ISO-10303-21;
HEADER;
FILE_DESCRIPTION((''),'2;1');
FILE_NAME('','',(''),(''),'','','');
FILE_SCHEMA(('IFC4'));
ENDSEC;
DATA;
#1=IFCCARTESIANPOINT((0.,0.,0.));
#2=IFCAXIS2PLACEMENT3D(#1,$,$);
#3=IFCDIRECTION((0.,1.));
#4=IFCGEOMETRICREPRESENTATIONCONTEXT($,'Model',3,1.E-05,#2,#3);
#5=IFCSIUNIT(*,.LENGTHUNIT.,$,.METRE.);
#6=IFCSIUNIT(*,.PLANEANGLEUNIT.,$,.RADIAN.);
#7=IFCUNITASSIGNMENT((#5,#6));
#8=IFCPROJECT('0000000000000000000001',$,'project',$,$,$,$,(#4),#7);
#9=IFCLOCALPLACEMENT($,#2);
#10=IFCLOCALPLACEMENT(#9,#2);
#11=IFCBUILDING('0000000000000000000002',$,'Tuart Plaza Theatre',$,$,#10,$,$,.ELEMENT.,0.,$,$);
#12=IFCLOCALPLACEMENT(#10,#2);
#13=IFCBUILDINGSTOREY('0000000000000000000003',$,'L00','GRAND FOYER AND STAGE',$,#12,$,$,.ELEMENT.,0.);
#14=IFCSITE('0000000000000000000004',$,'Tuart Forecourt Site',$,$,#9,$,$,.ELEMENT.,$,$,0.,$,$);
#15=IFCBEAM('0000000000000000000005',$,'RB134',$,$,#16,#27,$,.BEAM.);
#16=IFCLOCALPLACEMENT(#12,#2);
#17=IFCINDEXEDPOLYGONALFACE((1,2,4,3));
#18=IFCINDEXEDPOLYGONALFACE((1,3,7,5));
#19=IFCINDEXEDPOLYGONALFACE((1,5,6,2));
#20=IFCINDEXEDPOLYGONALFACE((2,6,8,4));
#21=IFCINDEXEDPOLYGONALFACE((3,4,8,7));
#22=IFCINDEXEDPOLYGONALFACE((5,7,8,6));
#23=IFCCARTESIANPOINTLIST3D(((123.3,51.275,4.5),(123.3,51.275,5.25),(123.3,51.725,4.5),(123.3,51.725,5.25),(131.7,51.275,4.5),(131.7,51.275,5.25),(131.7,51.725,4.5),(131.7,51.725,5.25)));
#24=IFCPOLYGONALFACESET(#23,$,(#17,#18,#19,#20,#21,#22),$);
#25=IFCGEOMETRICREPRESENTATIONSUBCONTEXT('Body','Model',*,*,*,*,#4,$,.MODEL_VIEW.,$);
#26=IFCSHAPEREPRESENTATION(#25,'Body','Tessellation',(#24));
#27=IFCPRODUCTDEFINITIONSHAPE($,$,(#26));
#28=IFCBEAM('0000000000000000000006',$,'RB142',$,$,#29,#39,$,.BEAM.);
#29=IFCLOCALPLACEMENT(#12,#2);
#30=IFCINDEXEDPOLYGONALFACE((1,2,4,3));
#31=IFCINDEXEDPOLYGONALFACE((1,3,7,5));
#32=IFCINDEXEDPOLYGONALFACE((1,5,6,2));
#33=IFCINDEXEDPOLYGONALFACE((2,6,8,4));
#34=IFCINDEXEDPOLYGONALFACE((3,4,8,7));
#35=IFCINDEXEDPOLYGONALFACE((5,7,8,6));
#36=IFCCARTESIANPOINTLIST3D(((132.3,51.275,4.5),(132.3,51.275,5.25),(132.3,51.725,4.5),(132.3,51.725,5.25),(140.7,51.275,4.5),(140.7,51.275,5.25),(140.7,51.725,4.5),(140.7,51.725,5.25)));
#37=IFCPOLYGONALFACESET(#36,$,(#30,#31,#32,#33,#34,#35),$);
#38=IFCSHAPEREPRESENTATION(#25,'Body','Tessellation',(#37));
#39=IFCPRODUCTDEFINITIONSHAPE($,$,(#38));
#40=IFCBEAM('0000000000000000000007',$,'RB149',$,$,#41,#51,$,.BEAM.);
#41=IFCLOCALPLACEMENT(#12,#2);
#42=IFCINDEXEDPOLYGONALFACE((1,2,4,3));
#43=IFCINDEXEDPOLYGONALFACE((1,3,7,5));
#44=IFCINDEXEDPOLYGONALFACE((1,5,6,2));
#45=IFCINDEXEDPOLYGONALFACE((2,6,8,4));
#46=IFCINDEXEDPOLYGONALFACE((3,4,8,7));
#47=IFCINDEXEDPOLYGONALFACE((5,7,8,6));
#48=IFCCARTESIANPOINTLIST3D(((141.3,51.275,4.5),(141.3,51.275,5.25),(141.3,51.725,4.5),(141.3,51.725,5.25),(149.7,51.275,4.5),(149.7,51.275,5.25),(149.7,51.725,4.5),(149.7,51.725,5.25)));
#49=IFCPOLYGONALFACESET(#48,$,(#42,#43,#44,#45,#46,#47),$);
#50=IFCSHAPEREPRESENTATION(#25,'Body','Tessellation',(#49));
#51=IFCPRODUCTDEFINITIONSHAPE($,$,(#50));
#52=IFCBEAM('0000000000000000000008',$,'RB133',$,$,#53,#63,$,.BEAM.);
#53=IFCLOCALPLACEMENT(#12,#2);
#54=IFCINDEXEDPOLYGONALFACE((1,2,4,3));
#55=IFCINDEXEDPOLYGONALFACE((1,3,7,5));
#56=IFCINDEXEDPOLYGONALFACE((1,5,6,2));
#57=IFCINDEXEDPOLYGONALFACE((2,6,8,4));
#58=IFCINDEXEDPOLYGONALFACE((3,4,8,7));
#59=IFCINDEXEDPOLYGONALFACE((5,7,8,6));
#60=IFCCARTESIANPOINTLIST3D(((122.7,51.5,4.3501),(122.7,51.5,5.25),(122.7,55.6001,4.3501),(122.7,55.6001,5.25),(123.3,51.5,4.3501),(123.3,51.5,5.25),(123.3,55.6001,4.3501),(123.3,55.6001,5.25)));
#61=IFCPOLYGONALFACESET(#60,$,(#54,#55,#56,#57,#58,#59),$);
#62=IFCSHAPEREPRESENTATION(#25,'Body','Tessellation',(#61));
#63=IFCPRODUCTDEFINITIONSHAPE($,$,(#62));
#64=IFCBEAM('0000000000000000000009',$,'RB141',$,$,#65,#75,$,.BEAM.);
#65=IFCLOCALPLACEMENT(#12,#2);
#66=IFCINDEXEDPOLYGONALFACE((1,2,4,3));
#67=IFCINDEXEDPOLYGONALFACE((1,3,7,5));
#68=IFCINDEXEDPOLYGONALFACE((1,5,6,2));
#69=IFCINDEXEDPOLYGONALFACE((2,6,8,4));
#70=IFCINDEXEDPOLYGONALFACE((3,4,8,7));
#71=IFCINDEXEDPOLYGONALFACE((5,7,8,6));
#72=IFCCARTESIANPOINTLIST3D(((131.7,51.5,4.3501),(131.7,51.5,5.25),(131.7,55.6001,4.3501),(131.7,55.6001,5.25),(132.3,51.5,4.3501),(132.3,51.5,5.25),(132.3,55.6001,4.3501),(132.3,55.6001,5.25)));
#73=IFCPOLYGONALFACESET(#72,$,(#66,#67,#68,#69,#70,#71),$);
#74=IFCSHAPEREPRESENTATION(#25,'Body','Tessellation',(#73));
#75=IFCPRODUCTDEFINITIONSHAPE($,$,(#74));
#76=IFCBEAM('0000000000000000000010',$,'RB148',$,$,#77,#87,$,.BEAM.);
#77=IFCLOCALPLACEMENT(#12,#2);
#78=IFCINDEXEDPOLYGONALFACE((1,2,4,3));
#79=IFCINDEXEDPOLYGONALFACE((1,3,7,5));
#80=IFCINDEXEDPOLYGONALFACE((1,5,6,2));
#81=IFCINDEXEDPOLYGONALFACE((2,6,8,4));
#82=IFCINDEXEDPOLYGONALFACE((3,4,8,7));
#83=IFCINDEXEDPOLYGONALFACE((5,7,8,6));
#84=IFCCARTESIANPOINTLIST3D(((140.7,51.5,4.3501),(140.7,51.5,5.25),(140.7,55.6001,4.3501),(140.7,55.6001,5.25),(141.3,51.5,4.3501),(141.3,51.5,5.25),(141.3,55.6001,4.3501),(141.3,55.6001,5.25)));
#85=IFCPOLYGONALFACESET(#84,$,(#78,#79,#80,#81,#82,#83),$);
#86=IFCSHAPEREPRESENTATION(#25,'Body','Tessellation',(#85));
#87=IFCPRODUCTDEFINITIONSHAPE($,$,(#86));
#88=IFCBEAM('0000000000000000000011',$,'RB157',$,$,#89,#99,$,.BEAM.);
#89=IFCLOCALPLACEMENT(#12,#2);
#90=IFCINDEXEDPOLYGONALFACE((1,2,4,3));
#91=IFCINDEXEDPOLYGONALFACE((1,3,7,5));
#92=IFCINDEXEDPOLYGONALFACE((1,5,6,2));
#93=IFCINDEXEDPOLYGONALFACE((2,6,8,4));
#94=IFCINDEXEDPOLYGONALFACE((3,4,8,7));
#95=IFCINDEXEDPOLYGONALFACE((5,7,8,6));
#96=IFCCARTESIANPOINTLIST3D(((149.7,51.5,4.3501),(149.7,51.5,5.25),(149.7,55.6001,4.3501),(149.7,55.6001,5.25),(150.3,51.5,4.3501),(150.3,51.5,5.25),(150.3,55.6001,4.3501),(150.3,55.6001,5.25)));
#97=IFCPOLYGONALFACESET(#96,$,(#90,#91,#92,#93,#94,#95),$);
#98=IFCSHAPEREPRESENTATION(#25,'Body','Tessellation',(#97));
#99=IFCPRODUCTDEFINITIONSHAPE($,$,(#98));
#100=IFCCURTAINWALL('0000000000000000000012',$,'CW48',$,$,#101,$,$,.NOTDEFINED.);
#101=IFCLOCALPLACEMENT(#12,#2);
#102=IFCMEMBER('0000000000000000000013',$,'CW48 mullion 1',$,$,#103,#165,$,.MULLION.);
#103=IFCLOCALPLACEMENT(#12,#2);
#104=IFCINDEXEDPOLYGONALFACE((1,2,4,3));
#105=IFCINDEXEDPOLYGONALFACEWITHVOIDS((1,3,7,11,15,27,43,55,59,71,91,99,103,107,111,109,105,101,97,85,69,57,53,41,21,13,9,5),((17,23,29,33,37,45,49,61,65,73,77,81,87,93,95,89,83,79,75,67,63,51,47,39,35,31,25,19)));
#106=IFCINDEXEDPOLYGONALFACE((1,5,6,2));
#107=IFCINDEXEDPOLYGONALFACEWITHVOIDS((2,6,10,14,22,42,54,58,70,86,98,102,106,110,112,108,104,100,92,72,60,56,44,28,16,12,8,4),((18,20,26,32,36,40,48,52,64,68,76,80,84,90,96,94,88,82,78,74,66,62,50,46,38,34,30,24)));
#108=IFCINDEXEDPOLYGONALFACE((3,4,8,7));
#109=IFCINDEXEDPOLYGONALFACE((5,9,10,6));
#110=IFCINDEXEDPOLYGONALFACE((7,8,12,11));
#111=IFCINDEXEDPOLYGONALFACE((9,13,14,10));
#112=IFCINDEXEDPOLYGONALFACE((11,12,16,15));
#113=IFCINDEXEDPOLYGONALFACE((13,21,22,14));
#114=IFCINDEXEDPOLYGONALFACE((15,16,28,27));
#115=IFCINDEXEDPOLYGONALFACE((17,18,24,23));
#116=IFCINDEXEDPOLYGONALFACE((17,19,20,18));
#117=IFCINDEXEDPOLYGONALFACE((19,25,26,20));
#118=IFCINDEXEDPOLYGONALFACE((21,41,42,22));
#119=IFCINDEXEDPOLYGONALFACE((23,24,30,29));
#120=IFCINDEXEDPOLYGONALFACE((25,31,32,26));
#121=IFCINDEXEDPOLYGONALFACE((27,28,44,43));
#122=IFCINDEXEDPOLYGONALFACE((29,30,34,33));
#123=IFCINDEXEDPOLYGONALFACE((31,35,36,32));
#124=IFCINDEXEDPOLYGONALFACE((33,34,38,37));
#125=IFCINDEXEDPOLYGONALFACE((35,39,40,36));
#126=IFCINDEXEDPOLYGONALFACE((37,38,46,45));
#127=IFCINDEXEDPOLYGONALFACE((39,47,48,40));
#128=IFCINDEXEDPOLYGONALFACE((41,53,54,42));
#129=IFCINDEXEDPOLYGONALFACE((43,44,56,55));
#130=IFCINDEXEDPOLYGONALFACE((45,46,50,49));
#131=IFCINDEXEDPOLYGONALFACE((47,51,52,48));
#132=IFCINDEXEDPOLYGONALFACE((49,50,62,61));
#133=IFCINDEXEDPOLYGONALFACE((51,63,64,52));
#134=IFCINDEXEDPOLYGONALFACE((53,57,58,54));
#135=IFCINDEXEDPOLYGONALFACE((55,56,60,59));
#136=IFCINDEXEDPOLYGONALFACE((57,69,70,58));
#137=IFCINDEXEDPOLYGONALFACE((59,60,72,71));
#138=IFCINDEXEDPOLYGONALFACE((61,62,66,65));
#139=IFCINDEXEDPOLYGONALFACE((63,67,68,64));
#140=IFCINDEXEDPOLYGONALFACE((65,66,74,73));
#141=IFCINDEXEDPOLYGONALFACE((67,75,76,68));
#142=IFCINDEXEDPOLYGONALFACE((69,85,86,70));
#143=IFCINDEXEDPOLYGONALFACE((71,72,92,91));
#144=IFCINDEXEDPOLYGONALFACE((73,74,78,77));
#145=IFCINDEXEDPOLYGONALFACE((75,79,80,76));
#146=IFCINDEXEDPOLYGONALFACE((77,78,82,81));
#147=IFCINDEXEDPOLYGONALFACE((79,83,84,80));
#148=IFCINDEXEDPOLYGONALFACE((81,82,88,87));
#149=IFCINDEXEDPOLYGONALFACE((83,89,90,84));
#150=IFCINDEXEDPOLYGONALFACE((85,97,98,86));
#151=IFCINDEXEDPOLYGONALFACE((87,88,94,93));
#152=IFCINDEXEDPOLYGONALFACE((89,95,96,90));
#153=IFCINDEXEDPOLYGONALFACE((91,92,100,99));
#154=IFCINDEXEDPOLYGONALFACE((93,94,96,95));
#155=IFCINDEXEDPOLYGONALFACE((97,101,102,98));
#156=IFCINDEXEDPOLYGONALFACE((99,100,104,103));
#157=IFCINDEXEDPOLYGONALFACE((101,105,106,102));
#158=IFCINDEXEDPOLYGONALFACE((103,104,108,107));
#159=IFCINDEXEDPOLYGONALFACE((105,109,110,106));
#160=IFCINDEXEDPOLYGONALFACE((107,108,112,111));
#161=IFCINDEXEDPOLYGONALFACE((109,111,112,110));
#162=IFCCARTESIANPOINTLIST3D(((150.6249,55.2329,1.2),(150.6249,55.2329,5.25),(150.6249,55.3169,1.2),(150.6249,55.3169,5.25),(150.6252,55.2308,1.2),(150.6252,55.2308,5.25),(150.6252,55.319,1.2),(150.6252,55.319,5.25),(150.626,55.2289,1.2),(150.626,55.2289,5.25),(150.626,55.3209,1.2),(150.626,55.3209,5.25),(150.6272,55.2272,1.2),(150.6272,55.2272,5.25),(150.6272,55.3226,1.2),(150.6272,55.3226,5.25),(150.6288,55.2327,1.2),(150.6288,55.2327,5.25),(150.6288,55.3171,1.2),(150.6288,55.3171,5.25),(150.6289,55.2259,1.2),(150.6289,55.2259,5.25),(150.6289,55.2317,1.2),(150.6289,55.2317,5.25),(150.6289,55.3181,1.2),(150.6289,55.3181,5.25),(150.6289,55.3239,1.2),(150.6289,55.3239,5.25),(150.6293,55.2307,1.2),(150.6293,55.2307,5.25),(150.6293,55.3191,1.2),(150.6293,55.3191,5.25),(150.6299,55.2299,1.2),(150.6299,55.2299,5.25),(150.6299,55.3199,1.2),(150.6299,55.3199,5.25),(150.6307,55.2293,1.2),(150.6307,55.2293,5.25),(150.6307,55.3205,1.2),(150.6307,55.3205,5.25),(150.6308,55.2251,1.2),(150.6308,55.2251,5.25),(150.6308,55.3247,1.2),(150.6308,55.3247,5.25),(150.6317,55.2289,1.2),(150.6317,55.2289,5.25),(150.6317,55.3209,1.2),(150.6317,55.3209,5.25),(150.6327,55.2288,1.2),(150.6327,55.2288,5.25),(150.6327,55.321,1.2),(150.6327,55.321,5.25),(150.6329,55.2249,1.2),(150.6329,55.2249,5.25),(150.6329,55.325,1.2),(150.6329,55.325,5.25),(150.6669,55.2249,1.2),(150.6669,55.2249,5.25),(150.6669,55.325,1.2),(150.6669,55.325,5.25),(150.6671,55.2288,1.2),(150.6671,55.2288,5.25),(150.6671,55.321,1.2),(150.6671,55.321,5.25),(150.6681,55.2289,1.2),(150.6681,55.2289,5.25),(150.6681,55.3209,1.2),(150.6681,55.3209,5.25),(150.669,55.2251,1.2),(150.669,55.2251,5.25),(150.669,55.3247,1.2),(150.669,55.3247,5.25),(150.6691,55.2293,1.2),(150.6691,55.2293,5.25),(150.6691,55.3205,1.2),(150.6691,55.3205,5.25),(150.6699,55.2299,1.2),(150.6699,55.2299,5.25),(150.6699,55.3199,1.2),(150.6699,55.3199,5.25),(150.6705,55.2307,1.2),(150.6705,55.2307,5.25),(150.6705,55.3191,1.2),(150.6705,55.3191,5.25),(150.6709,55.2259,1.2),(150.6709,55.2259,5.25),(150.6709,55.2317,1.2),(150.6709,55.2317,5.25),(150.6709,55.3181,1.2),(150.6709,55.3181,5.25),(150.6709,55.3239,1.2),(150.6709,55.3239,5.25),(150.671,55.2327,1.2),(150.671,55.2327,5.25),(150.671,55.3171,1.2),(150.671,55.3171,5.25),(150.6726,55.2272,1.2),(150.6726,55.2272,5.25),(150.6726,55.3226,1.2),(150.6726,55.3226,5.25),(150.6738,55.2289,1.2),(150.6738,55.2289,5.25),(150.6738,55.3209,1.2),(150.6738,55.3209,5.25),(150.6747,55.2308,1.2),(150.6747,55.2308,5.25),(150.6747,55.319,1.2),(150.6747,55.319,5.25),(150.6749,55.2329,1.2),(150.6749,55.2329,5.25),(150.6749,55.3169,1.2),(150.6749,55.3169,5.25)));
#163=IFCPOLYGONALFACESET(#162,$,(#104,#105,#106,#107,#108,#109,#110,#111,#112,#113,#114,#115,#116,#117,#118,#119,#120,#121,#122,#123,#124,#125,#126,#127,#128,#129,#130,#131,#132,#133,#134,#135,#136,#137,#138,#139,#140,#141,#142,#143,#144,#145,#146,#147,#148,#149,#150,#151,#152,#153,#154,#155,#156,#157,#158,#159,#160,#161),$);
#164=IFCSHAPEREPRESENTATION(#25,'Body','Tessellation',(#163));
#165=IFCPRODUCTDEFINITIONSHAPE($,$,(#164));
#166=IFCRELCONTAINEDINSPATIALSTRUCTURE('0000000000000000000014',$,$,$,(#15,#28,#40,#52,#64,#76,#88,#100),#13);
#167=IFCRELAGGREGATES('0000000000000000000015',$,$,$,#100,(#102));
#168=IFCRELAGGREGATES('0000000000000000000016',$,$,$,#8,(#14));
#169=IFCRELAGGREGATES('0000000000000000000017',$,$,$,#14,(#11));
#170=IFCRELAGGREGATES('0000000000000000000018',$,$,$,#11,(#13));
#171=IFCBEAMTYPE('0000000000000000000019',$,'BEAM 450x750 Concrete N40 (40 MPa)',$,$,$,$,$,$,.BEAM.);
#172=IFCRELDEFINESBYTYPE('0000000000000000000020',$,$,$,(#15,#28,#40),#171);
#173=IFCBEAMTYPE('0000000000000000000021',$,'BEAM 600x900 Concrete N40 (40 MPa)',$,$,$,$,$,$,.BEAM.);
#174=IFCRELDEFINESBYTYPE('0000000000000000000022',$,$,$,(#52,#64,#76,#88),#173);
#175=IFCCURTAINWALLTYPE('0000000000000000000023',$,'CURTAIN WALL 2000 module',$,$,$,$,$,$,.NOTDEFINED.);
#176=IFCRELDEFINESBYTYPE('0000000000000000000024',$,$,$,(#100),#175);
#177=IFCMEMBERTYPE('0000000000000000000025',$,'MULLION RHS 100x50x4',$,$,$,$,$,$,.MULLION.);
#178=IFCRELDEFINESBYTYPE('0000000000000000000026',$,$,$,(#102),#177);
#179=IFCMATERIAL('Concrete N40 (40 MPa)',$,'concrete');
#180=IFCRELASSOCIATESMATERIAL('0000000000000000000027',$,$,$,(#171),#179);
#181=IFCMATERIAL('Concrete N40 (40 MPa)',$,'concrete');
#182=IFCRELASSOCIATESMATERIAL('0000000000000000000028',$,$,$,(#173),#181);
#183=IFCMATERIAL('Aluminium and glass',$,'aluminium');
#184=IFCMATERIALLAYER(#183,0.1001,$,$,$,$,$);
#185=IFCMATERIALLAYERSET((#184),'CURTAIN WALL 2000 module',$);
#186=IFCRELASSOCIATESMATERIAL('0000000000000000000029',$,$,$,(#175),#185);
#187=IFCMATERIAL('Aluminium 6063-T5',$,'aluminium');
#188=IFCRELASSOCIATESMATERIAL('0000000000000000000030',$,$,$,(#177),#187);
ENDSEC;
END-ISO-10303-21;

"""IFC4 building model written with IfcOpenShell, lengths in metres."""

from ifc_helpers import new_model, si_unit, direction, frame, origin, origin_2d, place, context, subcontext, project, spatial, rectangle, hollow_rectangle, extrude, material, layer, layer_set, material_profile, profile_set, type_object, element, aggregate, save


model = new_model("IFC4")

# Units and contexts
model_context = context("Model", 3, precision=1e-05, world=origin(), true_north=direction((0.0, 1.0)))
body_context = subcontext(model_context, "Body", "Model", "MODEL_VIEW")
ifc_project = project(units=[si_unit("LENGTHUNIT", "METRE"), si_unit("PLANEANGLEUNIT", "RADIAN")], contexts=[model_context])

# Site, building, storey
site_placement = place(None, origin())
site = spatial("IfcSite", under=ifc_project, at=site_placement, Name="Tuart Forecourt Site", CompositionType="ELEMENT", RefElevation=0.0)
building_placement = place(site_placement, origin())
building = spatial("IfcBuilding", under=site, at=building_placement, Name="Tuart Plaza Theatre", CompositionType="ELEMENT", ElevationOfRefHeight=0.0)
storey_placement = place(building_placement, origin())
storey = spatial("IfcBuildingStorey", under=building, at=storey_placement, Name="L00", Description="GRAND FOYER AND STAGE", CompositionType="ELEMENT", Elevation=0.0)

# Beams
ifc_material_1 = material(Name="Concrete N40 (40 MPa)", Category="concrete")
ifc_material_profile_1 = material_profile(ifc_material_1, rectangle(XDim=0.45, YDim=0.75, at=origin_2d()), Name="BEAM 450x750 Concrete N40 (40 MPa)")
ifc_profile_set_1 = profile_set([ifc_material_profile_1], Name="Concrete N40 (40 MPa)")
beam_type_1 = type_object("IfcBeamType", Name="BEAM 450x750 Concrete N40 (40 MPa)", PredefinedType="BEAM", material=ifc_profile_set_1)
for number, where, z_axis, x_axis, name in (
    (1, (123.3, 51.5, 4.875), (1.0, 0.0, 0.0), (0.0, 1.0, 0.0), "RB134"),
    (2, (132.3, 51.5, 4.875), (1.0, 0.0, 0.0), (0.0, 1.0, 0.0), "RB142"),
    (3, (141.3, 51.5, 4.875), (1.0, 0.0, 0.0), (0.0, 1.0, 0.0), "RB149"),
):
    element("IfcBeam", number, at=place(storey_placement, frame(where, z_axis=z_axis, x_axis=x_axis)), inside=storey, type_object=beam_type_1, Name=name, PredefinedType="BEAM", context=body_context, shape_type="SweptSolid", body=[
        extrude(rectangle(XDim=0.45, YDim=0.75, at=origin_2d()), origin(), (0.0, 0.0, 1.0), 8.3999),
    ])
ifc_material_2 = material(Name="Concrete N40 (40 MPa)", Category="concrete")
ifc_material_profile_2 = material_profile(ifc_material_2, rectangle(XDim=0.6001, YDim=0.8999, at=origin_2d()), Name="BEAM 600x900 Concrete N40 (40 MPa)")
ifc_profile_set_2 = profile_set([ifc_material_profile_2], Name="Concrete N40 (40 MPa)")
beam_type_2 = type_object("IfcBeamType", Name="BEAM 600x900 Concrete N40 (40 MPa)", PredefinedType="BEAM", material=ifc_profile_set_2)
for number, where, z_axis, x_axis, name in (
    (4, (123.0, 51.5, 4.8), (0.0, 1.0, 0.0), (-1.0, 0.0, 0.0), "RB133"),
    (5, (132.0, 51.5, 4.8), (0.0, 1.0, 0.0), (-1.0, 0.0, 0.0), "RB141"),
    (6, (141.0, 51.5, 4.8), (0.0, 1.0, 0.0), (-1.0, 0.0, 0.0), "RB148"),
    (7, (150.0, 51.5, 4.8), (0.0, 1.0, 0.0), (-1.0, 0.0, 0.0), "RB157"),
):
    element("IfcBeam", number, at=place(storey_placement, frame(where, z_axis=z_axis, x_axis=x_axis)), inside=storey, type_object=beam_type_2, Name=name, PredefinedType="BEAM", context=body_context, shape_type="SweptSolid", body=[
        extrude(rectangle(XDim=0.6001, YDim=0.8999, at=origin_2d()), origin(), (0.0, 0.0, 1.0), 4.1001),
    ])

# Curtain wall, member
ifc_material_3 = material(Name="Aluminium and glass", Category="aluminium")
ifc_layer_1 = layer(ifc_material_3, 0.1001)
ifc_layer_set_1 = layer_set([ifc_layer_1], Name="CURTAIN WALL 2000 module")
curtain_wall_type_1 = type_object("IfcCurtainWallType", Name="CURTAIN WALL 2000 module", PredefinedType="NOTDEFINED", material=ifc_layer_set_1)
curtain_wall_1_placement = place(storey_placement, origin())
curtain_wall_1 = element("IfcCurtainWall", 8, at=curtain_wall_1_placement, inside=storey, type_object=curtain_wall_type_1, Name="CW48", PredefinedType="NOTDEFINED")
ifc_material_4 = material(Name="Aluminium 6063-T5", Category="aluminium")
ifc_material_profile_3 = material_profile(ifc_material_4, hollow_rectangle(XDim=0.05, YDim=0.1001, WallThickness=0.0039, InnerFilletRadius=0.0039, OuterFilletRadius=0.0081, at=origin_2d()), Name="RHS 100x50x4")
ifc_profile_set_3 = profile_set([ifc_material_profile_3], Name="Aluminium 6063-T5")
member_type_1 = type_object("IfcMemberType", Name="MULLION RHS 100x50x4", PredefinedType="MULLION", material=ifc_profile_set_3)
member_1_placement = place(storey_placement, frame((150.6499, 55.2749, 1.2), z_axis=(0.0, 0.0, 1.0), x_axis=(-1.0, 0.0, 0.0)))
member_1 = element("IfcMember", 9, at=member_1_placement, type_object=member_type_1, Name="CW48 mullion 1", PredefinedType="MULLION", context=body_context, shape_type="SweptSolid", body=[
    extrude(hollow_rectangle(XDim=0.05, YDim=0.1001, WallThickness=0.0039, InnerFilletRadius=0.0039, OuterFilletRadius=0.0081, at=origin_2d()), origin(), (0.0, 0.0, 1.0), 4.05),
])

aggregate(curtain_wall_1, [member_1])

save(model, "model.ifc")
